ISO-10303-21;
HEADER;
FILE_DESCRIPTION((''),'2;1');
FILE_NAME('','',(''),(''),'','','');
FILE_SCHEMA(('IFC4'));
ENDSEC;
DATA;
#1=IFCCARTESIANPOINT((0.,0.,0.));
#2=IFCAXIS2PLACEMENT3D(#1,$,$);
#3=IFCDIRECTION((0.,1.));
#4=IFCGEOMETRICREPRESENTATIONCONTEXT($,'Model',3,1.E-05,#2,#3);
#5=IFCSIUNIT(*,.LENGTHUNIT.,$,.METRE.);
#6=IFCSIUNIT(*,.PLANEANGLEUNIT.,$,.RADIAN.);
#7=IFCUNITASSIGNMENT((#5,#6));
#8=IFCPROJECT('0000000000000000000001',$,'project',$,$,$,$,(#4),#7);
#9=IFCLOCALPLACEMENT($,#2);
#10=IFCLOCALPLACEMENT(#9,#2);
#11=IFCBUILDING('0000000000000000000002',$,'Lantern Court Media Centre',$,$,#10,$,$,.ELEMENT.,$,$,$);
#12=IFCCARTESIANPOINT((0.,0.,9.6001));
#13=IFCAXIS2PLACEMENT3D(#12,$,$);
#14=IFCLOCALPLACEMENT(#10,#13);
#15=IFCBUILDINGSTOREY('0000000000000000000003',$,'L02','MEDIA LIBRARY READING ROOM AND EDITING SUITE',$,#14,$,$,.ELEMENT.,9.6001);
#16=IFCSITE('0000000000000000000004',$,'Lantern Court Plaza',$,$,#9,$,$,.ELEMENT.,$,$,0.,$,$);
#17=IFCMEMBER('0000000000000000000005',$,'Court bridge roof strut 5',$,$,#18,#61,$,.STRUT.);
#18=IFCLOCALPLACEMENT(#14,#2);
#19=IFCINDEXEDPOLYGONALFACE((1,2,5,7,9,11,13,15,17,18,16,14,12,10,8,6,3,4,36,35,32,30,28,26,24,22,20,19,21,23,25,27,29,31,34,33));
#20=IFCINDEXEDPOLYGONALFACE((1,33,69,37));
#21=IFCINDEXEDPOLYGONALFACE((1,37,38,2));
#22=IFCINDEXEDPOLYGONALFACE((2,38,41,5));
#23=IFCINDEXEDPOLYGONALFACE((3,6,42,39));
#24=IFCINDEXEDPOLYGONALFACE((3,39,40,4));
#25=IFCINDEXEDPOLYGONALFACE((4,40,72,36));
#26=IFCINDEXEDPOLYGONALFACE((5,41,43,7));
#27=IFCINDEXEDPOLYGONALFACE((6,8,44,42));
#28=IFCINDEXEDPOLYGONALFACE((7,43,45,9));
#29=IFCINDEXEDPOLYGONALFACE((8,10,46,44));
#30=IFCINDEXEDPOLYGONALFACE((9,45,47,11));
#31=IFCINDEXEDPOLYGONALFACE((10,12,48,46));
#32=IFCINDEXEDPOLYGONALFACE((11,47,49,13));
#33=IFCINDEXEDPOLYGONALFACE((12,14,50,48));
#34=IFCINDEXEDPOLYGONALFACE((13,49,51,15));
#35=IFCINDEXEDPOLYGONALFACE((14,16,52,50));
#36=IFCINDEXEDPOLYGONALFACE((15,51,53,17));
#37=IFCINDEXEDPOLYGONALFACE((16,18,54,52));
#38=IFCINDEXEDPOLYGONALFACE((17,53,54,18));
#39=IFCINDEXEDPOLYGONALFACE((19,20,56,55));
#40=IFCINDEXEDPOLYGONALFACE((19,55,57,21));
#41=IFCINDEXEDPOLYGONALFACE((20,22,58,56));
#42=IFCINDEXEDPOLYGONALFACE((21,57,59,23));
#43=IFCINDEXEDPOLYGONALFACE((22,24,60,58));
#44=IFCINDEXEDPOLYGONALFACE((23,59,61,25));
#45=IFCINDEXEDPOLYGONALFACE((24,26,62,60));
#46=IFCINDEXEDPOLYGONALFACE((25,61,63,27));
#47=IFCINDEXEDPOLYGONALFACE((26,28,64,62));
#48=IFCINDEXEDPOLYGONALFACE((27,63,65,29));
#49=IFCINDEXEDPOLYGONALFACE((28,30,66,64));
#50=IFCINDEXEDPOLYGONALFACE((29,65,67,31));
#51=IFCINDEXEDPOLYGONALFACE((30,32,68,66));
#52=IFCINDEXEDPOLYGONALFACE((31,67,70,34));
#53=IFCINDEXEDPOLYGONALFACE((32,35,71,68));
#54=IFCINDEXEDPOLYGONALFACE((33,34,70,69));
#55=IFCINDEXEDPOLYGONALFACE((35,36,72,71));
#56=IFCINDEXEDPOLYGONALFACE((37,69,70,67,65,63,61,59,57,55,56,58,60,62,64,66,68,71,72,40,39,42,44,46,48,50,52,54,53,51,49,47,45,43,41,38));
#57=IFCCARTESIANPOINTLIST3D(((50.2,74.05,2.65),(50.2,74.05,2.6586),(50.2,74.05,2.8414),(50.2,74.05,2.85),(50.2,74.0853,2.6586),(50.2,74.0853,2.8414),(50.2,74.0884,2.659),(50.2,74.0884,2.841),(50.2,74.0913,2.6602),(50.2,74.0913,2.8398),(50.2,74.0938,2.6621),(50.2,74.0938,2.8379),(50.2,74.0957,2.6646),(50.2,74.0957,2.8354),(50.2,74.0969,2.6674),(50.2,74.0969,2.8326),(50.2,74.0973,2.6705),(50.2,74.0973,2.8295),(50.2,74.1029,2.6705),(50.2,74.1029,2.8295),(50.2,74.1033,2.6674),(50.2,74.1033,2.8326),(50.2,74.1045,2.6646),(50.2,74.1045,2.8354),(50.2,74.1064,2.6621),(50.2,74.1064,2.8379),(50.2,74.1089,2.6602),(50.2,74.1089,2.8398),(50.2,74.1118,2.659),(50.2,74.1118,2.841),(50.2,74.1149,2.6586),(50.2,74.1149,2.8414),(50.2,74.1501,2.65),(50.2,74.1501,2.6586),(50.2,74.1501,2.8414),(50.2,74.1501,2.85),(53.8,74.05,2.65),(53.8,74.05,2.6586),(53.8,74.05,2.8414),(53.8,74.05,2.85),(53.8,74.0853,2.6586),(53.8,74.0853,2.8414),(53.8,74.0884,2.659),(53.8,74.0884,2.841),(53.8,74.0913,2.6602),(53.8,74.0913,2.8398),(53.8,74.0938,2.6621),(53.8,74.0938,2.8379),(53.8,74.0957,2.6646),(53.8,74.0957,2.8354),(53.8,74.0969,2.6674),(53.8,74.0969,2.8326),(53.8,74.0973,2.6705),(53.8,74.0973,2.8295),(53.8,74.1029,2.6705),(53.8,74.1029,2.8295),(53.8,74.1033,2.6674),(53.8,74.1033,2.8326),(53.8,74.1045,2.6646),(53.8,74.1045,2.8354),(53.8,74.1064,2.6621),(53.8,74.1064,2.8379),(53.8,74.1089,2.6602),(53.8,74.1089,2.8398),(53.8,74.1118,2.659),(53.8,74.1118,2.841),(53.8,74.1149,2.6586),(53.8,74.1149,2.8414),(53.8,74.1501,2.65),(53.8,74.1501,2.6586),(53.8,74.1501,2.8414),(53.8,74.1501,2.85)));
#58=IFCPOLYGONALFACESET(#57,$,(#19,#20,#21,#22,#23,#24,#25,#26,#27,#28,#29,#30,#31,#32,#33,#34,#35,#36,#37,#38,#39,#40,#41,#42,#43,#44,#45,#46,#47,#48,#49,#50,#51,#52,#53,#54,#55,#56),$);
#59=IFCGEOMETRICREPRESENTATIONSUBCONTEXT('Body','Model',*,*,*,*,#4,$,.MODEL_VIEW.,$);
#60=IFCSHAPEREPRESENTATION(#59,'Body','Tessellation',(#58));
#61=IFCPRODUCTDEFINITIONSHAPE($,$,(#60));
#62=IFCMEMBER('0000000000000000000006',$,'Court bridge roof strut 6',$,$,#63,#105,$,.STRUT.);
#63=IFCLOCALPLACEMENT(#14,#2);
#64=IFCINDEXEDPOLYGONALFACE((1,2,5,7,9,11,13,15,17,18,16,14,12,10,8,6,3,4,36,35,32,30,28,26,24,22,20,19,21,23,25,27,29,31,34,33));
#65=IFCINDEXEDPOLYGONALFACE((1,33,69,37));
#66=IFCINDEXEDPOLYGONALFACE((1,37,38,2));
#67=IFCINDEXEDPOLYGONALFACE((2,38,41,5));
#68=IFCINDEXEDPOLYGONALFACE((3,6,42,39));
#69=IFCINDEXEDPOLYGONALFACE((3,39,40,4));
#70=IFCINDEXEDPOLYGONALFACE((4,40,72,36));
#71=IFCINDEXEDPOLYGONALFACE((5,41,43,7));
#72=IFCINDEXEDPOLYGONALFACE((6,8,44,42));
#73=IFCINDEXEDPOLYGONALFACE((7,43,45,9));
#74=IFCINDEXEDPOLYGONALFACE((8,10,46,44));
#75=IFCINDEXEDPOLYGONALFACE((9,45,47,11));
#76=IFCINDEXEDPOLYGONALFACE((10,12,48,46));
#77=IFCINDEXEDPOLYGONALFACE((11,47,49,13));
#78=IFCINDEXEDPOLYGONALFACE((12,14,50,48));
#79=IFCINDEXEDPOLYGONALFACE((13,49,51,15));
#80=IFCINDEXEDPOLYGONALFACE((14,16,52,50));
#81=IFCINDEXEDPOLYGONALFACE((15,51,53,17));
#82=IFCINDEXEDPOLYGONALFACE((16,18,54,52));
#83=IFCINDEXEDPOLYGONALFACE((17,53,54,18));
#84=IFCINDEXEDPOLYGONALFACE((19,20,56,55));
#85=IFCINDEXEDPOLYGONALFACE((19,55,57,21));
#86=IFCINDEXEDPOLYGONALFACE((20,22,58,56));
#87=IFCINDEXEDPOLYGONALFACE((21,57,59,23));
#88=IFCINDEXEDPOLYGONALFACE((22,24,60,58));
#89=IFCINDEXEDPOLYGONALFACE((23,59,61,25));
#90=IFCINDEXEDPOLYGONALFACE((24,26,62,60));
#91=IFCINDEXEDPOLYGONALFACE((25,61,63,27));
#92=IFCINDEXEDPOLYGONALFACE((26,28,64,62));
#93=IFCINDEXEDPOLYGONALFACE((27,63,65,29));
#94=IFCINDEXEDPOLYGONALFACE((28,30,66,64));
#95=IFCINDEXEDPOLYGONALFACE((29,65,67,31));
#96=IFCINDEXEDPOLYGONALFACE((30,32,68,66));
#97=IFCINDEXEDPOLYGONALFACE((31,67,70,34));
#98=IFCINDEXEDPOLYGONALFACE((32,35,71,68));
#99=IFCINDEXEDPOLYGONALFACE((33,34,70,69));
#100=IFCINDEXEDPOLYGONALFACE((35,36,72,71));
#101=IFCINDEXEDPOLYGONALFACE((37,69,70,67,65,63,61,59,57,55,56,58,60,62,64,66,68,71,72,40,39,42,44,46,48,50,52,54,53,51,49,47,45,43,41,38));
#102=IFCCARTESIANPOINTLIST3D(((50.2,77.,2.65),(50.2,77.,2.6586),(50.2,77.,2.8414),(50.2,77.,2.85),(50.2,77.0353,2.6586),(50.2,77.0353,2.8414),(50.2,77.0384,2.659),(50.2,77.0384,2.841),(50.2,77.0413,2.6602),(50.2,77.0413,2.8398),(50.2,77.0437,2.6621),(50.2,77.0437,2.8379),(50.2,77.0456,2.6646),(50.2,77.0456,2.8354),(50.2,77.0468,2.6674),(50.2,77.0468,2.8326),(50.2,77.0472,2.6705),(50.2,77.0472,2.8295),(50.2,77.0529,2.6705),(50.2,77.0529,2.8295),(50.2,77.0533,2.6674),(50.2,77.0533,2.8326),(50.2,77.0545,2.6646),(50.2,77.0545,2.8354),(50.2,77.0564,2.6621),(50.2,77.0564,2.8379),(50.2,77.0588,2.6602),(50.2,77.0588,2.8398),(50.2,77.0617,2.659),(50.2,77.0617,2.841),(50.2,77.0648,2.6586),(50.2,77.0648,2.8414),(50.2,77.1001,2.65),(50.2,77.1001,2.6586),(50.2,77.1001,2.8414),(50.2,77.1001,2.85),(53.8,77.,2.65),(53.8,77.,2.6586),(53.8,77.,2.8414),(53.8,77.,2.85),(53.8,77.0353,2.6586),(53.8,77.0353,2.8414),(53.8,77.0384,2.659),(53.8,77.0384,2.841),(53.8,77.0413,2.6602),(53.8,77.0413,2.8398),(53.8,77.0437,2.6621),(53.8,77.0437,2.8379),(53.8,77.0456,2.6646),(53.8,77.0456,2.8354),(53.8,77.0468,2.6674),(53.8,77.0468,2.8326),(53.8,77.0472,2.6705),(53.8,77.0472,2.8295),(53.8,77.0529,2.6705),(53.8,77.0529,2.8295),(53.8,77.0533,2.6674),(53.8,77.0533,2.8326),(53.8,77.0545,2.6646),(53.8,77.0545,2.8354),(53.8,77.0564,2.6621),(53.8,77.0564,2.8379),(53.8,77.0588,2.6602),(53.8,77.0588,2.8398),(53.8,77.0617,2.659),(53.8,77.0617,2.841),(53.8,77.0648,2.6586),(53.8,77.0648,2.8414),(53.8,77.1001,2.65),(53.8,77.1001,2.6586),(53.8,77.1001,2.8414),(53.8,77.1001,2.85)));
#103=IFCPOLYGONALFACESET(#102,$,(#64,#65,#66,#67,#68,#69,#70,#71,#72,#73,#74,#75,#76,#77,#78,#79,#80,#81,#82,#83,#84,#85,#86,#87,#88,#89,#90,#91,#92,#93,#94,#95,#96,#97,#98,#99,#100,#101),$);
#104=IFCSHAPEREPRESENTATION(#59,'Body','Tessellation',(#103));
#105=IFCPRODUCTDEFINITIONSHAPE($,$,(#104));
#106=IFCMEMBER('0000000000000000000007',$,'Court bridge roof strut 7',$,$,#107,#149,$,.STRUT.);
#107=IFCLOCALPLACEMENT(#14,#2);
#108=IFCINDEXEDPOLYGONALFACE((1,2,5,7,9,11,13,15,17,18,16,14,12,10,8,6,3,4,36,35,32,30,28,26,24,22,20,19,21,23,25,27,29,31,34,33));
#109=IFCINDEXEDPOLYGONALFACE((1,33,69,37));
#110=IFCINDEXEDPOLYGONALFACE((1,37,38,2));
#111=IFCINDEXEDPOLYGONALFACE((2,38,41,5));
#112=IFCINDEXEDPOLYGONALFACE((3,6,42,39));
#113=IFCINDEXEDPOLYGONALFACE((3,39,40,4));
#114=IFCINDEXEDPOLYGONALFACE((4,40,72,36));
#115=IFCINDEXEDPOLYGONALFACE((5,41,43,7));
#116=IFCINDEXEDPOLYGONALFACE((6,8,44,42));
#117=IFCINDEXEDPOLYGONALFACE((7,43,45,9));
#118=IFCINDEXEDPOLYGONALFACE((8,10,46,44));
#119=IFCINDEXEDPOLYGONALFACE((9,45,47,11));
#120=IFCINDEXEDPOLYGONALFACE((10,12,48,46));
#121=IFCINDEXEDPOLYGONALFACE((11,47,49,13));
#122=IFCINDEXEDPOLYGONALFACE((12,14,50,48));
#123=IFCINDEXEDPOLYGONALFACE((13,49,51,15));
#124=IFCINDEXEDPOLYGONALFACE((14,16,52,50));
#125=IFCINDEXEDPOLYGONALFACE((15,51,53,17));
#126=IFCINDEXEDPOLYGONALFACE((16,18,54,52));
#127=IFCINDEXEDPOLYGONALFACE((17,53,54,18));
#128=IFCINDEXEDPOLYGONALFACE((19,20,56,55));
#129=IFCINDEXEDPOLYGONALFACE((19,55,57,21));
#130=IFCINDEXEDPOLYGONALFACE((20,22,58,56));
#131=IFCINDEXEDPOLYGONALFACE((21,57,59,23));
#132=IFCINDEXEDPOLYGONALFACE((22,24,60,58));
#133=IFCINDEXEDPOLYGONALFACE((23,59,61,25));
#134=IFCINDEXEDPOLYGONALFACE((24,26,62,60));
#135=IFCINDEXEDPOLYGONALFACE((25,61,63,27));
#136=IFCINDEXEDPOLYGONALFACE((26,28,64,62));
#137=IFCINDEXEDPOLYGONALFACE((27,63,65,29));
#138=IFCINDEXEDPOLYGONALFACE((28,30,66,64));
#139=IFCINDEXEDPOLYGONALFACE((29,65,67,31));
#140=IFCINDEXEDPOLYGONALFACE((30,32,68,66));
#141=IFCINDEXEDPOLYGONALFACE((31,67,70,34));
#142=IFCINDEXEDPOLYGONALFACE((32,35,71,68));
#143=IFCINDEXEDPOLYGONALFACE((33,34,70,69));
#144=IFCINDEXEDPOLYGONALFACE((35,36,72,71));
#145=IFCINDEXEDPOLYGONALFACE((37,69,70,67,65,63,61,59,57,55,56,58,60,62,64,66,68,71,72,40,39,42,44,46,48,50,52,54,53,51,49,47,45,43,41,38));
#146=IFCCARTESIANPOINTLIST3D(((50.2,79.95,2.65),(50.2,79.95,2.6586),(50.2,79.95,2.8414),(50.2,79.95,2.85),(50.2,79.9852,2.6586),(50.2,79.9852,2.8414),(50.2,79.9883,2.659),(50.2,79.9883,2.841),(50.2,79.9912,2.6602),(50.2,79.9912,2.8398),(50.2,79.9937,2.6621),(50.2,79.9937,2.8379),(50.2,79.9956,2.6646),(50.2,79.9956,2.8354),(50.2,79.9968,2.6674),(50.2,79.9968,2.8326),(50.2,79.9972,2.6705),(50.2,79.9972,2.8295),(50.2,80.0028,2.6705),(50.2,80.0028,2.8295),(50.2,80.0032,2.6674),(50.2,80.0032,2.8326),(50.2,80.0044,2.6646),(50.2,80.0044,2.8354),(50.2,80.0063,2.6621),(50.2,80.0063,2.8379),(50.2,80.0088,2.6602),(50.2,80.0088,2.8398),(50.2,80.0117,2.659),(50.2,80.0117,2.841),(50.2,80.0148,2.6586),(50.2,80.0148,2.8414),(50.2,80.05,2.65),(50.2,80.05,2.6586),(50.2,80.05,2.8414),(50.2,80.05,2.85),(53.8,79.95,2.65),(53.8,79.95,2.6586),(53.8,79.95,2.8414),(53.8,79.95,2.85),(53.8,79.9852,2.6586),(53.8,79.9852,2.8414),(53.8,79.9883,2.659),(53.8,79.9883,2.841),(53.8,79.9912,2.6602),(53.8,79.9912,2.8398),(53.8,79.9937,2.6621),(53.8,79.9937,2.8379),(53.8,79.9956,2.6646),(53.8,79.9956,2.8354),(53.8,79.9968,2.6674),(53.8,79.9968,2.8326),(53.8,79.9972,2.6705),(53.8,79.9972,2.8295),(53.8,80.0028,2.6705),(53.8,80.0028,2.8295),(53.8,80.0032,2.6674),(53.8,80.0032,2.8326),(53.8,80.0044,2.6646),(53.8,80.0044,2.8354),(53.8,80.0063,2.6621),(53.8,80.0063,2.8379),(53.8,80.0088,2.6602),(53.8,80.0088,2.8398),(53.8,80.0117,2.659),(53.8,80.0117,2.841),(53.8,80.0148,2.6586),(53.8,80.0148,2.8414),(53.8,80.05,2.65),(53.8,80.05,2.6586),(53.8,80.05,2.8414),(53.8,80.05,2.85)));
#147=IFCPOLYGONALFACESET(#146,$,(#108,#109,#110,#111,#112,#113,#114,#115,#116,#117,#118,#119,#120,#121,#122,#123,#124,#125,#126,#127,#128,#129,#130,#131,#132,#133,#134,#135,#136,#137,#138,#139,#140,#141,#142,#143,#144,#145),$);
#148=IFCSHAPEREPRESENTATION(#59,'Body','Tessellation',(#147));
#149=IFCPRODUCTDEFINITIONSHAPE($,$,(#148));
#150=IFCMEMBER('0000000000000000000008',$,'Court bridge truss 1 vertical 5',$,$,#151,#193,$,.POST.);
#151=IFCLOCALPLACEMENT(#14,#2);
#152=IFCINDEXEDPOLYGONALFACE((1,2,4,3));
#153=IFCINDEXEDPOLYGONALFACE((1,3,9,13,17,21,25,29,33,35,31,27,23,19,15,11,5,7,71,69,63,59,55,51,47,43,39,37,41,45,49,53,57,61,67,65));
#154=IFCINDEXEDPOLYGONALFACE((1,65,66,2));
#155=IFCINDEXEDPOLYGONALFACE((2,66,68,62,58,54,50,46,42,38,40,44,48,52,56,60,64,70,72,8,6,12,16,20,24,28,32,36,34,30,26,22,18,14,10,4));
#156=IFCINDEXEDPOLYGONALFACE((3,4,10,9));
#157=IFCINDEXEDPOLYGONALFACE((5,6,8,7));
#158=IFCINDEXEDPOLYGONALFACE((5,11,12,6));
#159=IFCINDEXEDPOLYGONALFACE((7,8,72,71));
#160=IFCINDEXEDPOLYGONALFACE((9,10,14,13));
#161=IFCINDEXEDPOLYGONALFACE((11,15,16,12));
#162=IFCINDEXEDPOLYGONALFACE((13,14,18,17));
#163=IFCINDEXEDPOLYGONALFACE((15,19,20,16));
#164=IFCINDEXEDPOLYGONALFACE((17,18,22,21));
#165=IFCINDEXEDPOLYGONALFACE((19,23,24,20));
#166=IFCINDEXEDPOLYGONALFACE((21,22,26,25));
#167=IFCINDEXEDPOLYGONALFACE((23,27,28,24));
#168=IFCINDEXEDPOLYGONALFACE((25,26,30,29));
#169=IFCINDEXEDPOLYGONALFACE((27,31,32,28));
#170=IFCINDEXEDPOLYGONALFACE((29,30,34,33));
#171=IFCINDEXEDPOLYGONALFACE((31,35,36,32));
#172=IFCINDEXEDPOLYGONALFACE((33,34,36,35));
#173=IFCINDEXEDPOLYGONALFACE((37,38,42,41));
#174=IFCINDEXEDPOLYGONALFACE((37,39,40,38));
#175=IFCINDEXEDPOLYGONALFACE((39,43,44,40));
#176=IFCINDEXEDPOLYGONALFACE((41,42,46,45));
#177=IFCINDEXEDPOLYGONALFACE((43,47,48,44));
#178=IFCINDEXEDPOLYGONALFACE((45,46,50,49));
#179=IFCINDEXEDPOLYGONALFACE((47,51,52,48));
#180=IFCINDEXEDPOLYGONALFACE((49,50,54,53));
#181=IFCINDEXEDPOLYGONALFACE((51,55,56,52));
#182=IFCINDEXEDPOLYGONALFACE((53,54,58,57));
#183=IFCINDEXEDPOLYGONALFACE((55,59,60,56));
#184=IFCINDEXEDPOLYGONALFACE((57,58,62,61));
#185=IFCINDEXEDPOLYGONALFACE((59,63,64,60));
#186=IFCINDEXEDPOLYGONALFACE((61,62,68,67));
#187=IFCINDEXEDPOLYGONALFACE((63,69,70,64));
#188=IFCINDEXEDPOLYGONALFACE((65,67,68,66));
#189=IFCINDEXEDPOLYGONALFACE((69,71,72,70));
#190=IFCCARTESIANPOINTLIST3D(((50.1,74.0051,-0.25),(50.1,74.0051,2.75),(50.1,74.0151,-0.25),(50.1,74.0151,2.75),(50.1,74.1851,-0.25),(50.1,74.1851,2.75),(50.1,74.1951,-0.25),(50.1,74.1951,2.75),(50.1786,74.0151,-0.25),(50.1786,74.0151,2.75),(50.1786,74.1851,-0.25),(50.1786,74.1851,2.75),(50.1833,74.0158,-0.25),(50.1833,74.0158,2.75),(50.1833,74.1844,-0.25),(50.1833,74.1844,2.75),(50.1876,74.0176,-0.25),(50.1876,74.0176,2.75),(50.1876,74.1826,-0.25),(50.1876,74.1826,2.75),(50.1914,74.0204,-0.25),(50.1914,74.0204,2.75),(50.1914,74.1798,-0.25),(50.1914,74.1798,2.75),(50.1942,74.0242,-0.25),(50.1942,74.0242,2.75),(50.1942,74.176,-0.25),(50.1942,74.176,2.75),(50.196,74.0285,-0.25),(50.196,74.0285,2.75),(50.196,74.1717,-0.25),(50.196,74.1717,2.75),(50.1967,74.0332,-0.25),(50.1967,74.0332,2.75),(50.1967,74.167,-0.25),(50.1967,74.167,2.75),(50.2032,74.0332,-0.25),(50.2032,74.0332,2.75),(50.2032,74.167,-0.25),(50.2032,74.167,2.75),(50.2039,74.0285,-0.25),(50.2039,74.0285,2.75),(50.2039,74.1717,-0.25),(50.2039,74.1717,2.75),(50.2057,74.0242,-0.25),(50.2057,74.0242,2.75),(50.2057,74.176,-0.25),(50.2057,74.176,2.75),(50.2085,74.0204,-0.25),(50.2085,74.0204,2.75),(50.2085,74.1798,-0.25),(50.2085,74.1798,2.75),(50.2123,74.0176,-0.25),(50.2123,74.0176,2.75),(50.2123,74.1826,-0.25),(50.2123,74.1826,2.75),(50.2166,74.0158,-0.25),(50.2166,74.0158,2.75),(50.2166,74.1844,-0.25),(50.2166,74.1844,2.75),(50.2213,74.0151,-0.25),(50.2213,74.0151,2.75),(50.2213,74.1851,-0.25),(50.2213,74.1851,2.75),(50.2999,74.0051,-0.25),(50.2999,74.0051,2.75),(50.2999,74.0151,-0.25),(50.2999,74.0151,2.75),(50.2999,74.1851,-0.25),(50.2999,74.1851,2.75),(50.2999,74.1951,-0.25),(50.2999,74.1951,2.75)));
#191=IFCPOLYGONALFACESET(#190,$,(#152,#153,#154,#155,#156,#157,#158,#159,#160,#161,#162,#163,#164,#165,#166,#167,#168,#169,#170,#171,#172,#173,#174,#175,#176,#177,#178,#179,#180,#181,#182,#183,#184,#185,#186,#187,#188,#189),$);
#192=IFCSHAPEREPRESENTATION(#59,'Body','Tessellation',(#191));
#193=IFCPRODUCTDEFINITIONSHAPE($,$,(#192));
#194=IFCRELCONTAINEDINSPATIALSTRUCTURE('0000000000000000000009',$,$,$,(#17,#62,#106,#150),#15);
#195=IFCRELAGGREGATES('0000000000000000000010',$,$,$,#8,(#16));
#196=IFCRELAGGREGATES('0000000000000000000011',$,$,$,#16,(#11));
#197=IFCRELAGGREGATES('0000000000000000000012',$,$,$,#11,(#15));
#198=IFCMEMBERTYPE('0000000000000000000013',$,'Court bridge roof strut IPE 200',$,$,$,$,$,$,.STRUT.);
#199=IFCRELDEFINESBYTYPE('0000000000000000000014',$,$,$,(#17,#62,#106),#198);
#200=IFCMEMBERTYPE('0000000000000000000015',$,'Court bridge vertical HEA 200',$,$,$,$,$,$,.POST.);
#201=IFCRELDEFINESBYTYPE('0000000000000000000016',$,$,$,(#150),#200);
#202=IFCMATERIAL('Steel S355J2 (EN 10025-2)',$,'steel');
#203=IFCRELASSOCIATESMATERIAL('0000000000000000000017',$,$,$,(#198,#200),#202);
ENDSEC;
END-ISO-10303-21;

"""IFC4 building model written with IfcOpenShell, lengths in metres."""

from ifc_helpers import new_model, si_unit, direction, frame, origin, origin_2d, place, context, subcontext, project, spatial, i_section, extrude, material, material_profile, profile_set, type_object, element, save


model = new_model("IFC4")

# Units and contexts
model_context = context("Model", 3, precision=1e-05, world=origin(), true_north=direction((0.0, 1.0)))
body_context = subcontext(model_context, "Body", "Model", "MODEL_VIEW")
ifc_project = project(units=[si_unit("LENGTHUNIT", "METRE"), si_unit("PLANEANGLEUNIT", "RADIAN")], contexts=[model_context])

# Site, building, storey
site_placement = place(None, origin())
site = spatial("IfcSite", under=ifc_project, at=site_placement, Name="Lantern Court Plaza", CompositionType="ELEMENT", RefElevation=0.0)
building_placement = place(site_placement, origin())
building = spatial("IfcBuilding", under=site, at=building_placement, Name="Lantern Court Media Centre", CompositionType="ELEMENT")
storey_placement = place(building_placement, frame((0.0, 0.0, 9.6001)))
storey = spatial("IfcBuildingStorey", under=building, at=storey_placement, Name="L02", Description="MEDIA LIBRARY READING ROOM AND EDITING SUITE", CompositionType="ELEMENT", Elevation=9.6001)

# Shared definitions
ifc_material = material(Name="Steel S355J2 (EN 10025-2)", Category="steel")

# Members
ifc_material_profile_1 = material_profile(ifc_material, i_section(OverallWidth=0.1001, OverallDepth=0.2, WebThickness=0.0056, FlangeThickness=0.0085, FilletRadius=0.012, at=origin_2d()), Name="IPE 200")
ifc_profile_set_1 = profile_set([ifc_material_profile_1], Name="Steel S355J2 (EN 10025-2)")
member_type_1 = type_object("IfcMemberType", Name="Court bridge roof strut IPE 200", PredefinedType="STRUT", material=ifc_profile_set_1)
for number, where, z_axis, x_axis, name in (
    (1, (50.2, 74.1001, 2.75), (1.0, 0.0, 0.0), (0.0, 1.0, 0.0), "Court bridge roof strut 5"),
    (2, (50.2, 77.05, 2.75), (1.0, 0.0, 0.0), (0.0, 1.0, 0.0), "Court bridge roof strut 6"),
    (3, (50.2, 80.0, 2.75), (1.0, 0.0, 0.0), (0.0, 1.0, 0.0), "Court bridge roof strut 7"),
):
    element("IfcMember", number, at=place(storey_placement, frame(where, z_axis=z_axis, x_axis=x_axis)), inside=storey, type_object=member_type_1, Name=name, PredefinedType="STRUT", context=body_context, shape_type="SweptSolid", body=[
        extrude(i_section(OverallWidth=0.1001, OverallDepth=0.2, WebThickness=0.0056, FlangeThickness=0.0085, FilletRadius=0.012, at=origin_2d()), origin(), (0.0, 0.0, 1.0), 3.6001),
    ])
ifc_material_profile_2 = material_profile(ifc_material, i_section(OverallWidth=0.2, OverallDepth=0.1899, WebThickness=0.0066, FlangeThickness=0.01, FilletRadius=0.0181, at=origin_2d()), Name="HEA 200")
ifc_profile_set_2 = profile_set([ifc_material_profile_2], Name="Steel S355J2 (EN 10025-2)")
member_type_2 = type_object("IfcMemberType", Name="Court bridge vertical HEA 200", PredefinedType="POST", material=ifc_profile_set_2)
for number, where, z_axis, x_axis, name in (
    (4, (50.2, 74.1001, -0.25), (0.0, 0.0, 1.0), (1.0, 0.0, 0.0), "Court bridge truss 1 vertical 5"),
):
    element("IfcMember", number, at=place(storey_placement, frame(where, z_axis=z_axis, x_axis=x_axis)), inside=storey, type_object=member_type_2, Name=name, PredefinedType="POST", context=body_context, shape_type="SweptSolid", body=[
        extrude(i_section(OverallWidth=0.2, OverallDepth=0.1899, WebThickness=0.0066, FlangeThickness=0.01, FilletRadius=0.0181, at=origin_2d()), origin(), (0.0, 0.0, 1.0), 3.0),
    ])

save(model, "model.ifc")
